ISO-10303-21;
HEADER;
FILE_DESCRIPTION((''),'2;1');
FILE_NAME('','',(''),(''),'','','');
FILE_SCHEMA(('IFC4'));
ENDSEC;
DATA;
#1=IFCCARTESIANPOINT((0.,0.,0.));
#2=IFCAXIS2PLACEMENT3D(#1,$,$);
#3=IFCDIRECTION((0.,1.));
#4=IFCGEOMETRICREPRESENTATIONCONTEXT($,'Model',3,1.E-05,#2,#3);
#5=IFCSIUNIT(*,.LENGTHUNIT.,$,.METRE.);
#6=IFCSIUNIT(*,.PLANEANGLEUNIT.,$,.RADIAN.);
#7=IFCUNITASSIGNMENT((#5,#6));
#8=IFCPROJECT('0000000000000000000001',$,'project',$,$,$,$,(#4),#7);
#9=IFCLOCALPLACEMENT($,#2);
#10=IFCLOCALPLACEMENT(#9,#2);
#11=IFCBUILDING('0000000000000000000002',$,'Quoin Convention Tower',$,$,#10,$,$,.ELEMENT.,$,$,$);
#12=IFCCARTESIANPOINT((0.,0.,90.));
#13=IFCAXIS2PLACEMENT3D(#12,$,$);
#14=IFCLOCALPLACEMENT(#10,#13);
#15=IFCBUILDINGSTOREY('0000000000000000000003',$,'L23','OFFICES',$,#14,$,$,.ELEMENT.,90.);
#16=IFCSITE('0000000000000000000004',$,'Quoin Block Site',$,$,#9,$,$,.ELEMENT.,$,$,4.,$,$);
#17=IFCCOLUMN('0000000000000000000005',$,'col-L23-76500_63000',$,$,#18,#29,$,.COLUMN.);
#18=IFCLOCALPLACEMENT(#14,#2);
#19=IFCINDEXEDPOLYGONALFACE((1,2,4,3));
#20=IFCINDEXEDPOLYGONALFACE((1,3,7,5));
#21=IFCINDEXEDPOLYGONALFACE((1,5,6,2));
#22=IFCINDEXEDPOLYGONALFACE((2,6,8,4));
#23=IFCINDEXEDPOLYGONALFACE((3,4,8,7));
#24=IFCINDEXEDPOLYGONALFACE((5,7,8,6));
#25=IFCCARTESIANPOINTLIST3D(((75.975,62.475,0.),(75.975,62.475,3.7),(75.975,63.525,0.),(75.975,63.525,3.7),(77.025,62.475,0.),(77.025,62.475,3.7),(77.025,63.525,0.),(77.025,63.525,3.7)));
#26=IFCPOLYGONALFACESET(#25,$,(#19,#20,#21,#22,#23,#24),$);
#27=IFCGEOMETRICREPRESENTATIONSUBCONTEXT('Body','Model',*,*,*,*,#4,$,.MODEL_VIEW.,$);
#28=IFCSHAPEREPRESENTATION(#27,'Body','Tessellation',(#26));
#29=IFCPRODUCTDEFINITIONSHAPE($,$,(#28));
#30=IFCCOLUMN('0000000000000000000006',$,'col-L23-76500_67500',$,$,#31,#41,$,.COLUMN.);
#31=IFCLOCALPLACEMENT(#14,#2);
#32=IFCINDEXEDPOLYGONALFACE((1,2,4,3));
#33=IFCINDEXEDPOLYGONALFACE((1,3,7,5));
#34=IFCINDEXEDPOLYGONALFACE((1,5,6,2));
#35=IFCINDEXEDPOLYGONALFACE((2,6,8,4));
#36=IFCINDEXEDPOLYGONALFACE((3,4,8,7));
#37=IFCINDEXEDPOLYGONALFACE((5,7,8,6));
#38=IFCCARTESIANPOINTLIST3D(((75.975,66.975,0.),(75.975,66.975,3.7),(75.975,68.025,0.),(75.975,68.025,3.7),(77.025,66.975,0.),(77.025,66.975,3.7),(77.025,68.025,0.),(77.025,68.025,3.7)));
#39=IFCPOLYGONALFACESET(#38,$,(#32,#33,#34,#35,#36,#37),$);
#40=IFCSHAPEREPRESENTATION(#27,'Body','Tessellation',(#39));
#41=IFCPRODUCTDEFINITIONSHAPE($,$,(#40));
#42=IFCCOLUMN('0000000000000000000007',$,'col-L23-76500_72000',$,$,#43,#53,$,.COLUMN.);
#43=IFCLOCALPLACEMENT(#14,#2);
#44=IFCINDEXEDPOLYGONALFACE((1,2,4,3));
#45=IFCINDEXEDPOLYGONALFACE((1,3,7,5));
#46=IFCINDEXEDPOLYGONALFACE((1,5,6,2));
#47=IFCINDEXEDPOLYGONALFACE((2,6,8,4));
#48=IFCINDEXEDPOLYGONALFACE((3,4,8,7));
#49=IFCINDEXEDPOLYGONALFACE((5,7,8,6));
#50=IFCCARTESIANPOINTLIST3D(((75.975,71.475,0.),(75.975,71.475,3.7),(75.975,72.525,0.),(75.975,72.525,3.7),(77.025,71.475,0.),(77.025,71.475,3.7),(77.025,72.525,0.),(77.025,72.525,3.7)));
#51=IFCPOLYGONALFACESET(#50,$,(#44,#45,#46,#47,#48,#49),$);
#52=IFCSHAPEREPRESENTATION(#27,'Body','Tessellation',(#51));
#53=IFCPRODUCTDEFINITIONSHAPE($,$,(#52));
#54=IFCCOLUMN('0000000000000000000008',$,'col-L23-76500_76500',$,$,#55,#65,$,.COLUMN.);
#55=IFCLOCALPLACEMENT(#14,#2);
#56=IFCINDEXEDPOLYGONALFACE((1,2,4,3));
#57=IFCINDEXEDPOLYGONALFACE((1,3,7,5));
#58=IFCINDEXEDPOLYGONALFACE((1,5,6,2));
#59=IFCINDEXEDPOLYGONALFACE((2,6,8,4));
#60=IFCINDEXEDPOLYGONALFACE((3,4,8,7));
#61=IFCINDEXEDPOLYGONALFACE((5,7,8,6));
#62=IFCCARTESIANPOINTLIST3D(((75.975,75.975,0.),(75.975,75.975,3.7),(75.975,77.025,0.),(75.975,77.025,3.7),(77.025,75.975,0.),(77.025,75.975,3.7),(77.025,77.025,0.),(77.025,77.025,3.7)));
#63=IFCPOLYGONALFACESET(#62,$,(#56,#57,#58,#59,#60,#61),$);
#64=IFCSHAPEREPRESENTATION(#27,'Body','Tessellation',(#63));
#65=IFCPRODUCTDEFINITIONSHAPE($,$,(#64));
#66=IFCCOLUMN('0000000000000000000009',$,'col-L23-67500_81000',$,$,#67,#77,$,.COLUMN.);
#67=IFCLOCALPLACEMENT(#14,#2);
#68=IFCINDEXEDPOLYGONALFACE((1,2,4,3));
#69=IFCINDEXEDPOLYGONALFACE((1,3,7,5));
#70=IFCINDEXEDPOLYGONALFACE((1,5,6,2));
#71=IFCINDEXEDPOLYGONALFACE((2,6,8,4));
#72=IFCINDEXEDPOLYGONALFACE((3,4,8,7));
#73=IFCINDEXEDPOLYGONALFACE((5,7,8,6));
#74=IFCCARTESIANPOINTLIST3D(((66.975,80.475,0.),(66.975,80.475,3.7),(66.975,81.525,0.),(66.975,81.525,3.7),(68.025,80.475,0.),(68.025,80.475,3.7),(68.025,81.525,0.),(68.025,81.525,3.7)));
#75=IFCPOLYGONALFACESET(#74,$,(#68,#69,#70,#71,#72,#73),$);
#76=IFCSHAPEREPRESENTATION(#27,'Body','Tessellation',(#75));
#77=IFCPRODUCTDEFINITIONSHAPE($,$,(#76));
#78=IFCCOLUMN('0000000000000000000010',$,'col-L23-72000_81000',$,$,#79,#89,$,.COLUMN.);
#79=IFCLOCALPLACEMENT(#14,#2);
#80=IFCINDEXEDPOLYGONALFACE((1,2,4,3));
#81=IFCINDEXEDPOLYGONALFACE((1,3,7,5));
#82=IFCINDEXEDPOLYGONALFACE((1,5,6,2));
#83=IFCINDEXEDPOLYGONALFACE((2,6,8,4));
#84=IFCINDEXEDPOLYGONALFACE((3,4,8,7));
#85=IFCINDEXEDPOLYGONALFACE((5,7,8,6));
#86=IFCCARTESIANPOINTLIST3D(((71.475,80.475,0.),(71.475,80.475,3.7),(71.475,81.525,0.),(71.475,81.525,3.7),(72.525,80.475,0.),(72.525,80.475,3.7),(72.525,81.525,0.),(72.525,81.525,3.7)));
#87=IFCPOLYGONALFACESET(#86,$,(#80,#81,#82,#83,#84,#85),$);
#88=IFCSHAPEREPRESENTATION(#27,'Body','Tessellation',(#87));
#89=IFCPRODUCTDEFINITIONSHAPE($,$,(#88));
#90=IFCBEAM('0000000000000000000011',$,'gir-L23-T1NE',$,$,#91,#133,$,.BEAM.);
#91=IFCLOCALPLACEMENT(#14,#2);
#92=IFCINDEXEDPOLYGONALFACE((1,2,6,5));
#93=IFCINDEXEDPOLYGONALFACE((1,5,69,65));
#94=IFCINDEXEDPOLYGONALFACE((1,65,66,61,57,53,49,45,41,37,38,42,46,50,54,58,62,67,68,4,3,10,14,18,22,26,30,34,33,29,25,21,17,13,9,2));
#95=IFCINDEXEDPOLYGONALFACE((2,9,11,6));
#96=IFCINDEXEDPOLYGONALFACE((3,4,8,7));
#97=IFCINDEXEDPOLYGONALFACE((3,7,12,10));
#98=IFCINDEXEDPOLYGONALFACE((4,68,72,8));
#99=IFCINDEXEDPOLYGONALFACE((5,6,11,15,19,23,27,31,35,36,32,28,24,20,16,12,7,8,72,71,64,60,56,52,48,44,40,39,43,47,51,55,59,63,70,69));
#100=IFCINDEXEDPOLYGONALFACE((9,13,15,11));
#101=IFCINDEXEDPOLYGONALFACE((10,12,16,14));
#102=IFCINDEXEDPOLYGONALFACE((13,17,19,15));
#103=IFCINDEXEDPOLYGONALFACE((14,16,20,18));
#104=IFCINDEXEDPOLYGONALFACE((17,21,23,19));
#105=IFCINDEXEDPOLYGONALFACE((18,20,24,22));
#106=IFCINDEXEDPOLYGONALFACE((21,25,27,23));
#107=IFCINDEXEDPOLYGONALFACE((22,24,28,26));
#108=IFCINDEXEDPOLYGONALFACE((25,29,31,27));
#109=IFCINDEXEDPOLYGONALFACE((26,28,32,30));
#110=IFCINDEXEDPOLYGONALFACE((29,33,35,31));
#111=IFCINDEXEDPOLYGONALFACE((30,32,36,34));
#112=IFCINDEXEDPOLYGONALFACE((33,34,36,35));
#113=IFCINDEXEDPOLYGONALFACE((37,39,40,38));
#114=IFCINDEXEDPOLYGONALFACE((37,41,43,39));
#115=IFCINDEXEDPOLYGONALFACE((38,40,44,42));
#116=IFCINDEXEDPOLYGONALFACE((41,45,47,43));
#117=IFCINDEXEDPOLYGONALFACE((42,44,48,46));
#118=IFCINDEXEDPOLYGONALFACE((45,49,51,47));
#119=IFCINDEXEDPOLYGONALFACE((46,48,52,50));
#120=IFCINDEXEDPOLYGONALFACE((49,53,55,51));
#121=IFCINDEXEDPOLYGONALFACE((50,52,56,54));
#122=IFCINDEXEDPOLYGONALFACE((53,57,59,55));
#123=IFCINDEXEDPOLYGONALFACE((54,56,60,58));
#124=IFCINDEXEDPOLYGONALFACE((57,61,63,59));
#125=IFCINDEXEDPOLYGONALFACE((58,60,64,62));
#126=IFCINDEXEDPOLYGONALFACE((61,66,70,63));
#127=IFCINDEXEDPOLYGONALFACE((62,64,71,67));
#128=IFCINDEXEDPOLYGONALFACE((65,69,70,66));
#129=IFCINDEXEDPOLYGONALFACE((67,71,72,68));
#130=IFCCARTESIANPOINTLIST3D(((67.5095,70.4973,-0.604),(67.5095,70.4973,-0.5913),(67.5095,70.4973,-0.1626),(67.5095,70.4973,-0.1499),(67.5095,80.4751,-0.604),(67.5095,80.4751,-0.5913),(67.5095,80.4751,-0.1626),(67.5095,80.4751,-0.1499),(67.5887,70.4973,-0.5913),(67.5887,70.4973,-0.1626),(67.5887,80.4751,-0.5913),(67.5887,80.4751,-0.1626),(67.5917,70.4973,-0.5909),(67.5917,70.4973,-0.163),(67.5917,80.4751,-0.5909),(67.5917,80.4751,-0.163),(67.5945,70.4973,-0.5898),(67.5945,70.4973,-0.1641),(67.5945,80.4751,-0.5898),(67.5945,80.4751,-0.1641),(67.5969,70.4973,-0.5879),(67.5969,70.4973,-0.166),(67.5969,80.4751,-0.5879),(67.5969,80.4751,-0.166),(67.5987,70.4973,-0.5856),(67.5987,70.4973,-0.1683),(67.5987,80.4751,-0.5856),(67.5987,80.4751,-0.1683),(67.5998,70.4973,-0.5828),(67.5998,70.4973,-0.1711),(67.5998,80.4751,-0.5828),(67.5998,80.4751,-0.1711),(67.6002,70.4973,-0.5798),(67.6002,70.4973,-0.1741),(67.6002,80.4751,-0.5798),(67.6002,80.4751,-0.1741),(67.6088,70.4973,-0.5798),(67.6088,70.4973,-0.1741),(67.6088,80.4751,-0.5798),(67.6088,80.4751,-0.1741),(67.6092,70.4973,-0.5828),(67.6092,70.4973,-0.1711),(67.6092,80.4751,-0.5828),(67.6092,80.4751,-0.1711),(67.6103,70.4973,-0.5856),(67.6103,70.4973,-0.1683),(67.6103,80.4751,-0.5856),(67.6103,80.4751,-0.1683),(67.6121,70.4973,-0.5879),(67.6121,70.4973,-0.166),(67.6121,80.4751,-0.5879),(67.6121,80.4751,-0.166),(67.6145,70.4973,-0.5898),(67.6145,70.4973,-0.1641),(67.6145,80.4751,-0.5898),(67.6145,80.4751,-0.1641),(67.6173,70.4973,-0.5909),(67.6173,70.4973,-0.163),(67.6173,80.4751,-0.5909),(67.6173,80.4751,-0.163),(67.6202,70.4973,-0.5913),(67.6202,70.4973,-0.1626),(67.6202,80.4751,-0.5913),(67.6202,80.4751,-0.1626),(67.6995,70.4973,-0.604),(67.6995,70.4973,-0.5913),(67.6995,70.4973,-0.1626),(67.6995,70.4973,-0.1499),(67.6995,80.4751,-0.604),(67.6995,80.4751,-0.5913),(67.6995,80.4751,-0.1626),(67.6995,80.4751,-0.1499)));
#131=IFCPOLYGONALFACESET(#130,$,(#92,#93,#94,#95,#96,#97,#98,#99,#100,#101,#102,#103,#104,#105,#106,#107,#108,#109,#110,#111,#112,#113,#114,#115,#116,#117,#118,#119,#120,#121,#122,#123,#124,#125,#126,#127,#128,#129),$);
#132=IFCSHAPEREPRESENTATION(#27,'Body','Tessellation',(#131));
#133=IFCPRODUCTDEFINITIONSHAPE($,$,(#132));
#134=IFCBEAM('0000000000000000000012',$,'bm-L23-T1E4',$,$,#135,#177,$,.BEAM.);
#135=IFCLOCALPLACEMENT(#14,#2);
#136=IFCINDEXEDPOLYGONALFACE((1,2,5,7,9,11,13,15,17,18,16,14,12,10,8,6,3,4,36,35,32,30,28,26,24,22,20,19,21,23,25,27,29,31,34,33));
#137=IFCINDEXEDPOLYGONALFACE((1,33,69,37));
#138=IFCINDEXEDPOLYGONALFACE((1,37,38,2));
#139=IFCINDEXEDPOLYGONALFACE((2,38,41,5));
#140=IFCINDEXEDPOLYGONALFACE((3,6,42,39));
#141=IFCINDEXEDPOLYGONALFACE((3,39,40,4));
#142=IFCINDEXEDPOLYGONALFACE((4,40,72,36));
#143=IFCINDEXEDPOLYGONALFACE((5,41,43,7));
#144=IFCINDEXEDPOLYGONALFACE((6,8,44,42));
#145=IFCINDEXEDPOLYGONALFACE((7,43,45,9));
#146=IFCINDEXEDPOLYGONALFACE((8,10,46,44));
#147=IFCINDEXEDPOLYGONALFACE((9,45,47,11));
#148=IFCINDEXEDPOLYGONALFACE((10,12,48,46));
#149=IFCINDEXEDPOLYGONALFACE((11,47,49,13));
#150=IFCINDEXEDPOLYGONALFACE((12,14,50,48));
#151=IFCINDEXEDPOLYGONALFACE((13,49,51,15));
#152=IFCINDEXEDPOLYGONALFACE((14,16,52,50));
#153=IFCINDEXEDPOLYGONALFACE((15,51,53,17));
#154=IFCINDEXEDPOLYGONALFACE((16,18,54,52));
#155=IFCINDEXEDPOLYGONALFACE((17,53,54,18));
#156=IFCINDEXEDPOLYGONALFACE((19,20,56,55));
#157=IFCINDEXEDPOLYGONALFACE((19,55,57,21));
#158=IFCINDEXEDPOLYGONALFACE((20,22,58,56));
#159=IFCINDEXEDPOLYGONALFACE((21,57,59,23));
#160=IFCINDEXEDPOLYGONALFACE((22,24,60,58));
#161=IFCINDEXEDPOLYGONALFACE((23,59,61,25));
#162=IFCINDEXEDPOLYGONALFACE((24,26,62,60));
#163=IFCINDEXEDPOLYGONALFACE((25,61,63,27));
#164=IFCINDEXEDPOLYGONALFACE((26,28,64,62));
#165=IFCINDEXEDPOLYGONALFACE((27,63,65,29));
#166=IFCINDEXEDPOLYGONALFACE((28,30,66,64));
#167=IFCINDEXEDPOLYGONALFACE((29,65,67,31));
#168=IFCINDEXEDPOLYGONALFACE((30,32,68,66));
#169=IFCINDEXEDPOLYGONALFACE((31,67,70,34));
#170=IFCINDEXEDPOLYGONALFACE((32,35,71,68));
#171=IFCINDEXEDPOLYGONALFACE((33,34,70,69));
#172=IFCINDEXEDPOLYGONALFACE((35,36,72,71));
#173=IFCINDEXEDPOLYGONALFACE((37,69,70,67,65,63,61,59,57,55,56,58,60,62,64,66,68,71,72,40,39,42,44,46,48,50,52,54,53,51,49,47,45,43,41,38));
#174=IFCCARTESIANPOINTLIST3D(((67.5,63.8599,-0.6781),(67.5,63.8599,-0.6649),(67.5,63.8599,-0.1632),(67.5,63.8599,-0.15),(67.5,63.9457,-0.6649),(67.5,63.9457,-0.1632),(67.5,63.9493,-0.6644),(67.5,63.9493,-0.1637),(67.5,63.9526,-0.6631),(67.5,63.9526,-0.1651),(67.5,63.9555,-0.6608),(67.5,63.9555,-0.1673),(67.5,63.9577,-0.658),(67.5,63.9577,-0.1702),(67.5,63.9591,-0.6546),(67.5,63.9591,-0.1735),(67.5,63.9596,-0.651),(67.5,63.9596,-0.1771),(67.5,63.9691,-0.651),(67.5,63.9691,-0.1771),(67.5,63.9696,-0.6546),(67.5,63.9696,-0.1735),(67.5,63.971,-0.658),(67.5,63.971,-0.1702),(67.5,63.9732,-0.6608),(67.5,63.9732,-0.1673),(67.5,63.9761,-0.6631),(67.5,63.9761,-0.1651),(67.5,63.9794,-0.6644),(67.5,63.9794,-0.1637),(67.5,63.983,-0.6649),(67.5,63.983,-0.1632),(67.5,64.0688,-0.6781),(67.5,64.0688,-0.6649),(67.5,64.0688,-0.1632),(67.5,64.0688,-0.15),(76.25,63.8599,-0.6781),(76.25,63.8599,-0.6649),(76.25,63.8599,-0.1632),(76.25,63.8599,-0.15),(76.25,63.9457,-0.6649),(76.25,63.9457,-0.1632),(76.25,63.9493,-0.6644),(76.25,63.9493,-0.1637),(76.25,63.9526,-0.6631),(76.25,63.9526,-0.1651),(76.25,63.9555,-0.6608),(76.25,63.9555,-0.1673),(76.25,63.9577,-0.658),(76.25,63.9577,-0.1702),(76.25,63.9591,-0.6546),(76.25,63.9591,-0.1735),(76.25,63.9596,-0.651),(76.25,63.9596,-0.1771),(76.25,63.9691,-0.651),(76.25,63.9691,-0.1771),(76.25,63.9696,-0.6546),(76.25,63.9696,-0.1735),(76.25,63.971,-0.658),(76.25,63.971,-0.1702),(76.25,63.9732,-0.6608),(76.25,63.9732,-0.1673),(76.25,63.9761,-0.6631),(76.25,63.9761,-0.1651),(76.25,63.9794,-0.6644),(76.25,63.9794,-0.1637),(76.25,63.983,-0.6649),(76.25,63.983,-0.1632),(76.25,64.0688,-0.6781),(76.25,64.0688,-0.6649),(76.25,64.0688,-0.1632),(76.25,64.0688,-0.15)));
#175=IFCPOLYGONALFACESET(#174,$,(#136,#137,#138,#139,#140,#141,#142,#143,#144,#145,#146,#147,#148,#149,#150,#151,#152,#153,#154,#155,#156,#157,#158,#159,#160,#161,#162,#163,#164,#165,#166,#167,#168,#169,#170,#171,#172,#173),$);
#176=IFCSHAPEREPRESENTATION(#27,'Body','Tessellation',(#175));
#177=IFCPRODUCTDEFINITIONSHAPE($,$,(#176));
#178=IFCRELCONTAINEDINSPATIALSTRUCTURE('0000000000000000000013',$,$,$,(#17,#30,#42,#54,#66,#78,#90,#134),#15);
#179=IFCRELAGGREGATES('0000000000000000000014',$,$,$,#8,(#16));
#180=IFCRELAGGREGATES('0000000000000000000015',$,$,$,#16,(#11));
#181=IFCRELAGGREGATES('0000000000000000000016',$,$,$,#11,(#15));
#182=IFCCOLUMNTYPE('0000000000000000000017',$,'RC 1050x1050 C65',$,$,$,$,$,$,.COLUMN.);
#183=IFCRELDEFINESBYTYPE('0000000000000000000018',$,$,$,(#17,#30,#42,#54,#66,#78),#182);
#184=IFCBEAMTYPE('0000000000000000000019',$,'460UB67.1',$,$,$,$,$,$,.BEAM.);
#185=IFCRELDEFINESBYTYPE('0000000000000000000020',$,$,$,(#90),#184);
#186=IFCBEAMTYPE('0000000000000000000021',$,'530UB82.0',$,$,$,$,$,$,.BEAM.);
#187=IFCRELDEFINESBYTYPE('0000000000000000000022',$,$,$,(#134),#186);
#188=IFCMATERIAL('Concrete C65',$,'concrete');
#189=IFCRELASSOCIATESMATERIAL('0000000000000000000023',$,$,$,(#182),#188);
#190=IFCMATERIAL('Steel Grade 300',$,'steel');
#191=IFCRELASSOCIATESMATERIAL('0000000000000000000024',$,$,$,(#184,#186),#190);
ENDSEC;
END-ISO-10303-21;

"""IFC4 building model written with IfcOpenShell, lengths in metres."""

from ifc_helpers import new_model, si_unit, direction, frame, origin, origin_2d, place, context, subcontext, project, spatial, rectangle, i_section, extrude, material, material_profile, profile_set, type_object, element, save


model = new_model("IFC4")

# Units and contexts
model_context = context("Model", 3, precision=1e-05, world=origin(), true_north=direction((0.0, 1.0)))
body_context = subcontext(model_context, "Body", "Model", "MODEL_VIEW")
ifc_project = project(units=[si_unit("LENGTHUNIT", "METRE"), si_unit("PLANEANGLEUNIT", "RADIAN")], contexts=[model_context])

# Site, building, storey
site_placement = place(None, origin())
site = spatial("IfcSite", under=ifc_project, at=site_placement, Name="Quoin Block Site", CompositionType="ELEMENT", RefElevation=4.0)
building_placement = place(site_placement, origin())
building = spatial("IfcBuilding", under=site, at=building_placement, Name="Quoin Convention Tower", CompositionType="ELEMENT")
storey_placement = place(building_placement, frame((0.0, 0.0, 90.0)))
storey = spatial("IfcBuildingStorey", under=building, at=storey_placement, Name="L23", Description="OFFICES", CompositionType="ELEMENT", Elevation=90.0)

# Columns
ifc_material_1 = material(Name="Concrete C65", Category="concrete")
ifc_material_profile_1 = material_profile(ifc_material_1, rectangle(XDim=1.05, YDim=1.05, at=origin_2d()), Name="RC 1050x1050")
ifc_profile_set_1 = profile_set([ifc_material_profile_1], Name="Concrete C65")
column_type = type_object("IfcColumnType", Name="RC 1050x1050 C65", PredefinedType="COLUMN", material=ifc_profile_set_1)
for number, where, z_axis, x_axis, name in (
    (1, (76.5, 63.0, 0.0), (0.0, 0.0, 1.0), (1.0, 0.0, 0.0), "col-L23-76500_63000"),
    (2, (76.5, 67.5, 0.0), (0.0, 0.0, 1.0), (1.0, 0.0, 0.0), "col-L23-76500_67500"),
    (3, (76.5, 72.0, 0.0), (0.0, 0.0, 1.0), (1.0, 0.0, 0.0), "col-L23-76500_72000"),
    (4, (76.5, 76.5, 0.0), (0.0, 0.0, 1.0), (1.0, 0.0, 0.0), "col-L23-76500_76500"),
    (5, (67.5, 81.0, 0.0), (0.0, 0.0, 1.0), (1.0, 0.0, 0.0), "col-L23-67500_81000"),
    (6, (72.0, 81.0, 0.0), (0.0, 0.0, 1.0), (1.0, 0.0, 0.0), "col-L23-72000_81000"),
):
    element("IfcColumn", number, at=place(storey_placement, frame(where, z_axis=z_axis, x_axis=x_axis)), inside=storey, type_object=column_type, Name=name, PredefinedType="COLUMN", context=body_context, shape_type="SweptSolid", body=[
        extrude(rectangle(XDim=1.05, YDim=1.05, at=origin_2d()), origin(), (0.0, 0.0, 1.0), 3.7),
    ])

# Beams
ifc_material_2 = material(Name="Steel Grade 300", Category="steel")
ifc_material_profile_2 = material_profile(ifc_material_2, i_section(OverallWidth=0.1899, OverallDepth=0.4541, WebThickness=0.0085, FlangeThickness=0.0127, FilletRadius=0.0115, at=origin_2d()), Name="460UB67.1")
ifc_profile_set_2 = profile_set([ifc_material_profile_2], Name="Steel Grade 300")
beam_type_1 = type_object("IfcBeamType", Name="460UB67.1", PredefinedType="BEAM", material=ifc_profile_set_2)
beam_1_placement = place(storey_placement, frame((67.6045, 80.4751, -0.377), z_axis=(0.0, -1.0, 0.0), x_axis=(1.0, 0.0, 0.0)))
element("IfcBeam", 7, at=beam_1_placement, inside=storey, type_object=beam_type_1, Name="gir-L23-T1NE", PredefinedType="BEAM", context=body_context, shape_type="SweptSolid", body=[
    extrude(i_section(OverallWidth=0.1899, OverallDepth=0.4541, WebThickness=0.0085, FlangeThickness=0.0127, FilletRadius=0.0115, at=origin_2d()), origin(), (0.0, 0.0, 1.0), 9.9778),
])
ifc_material_profile_3 = material_profile(ifc_material_2, i_section(OverallWidth=0.209, OverallDepth=0.5281, WebThickness=0.0095, FlangeThickness=0.0132, FilletRadius=0.0139, at=origin_2d()), Name="530UB82.0")
ifc_profile_set_3 = profile_set([ifc_material_profile_3], Name="Steel Grade 300")
beam_type_2 = type_object("IfcBeamType", Name="530UB82.0", PredefinedType="BEAM", material=ifc_profile_set_3)
beam_2_placement = place(storey_placement, frame((67.5, 63.9644, -0.4141), z_axis=(1.0, 0.0, 0.0), x_axis=(0.0, 1.0, 0.0)))
element("IfcBeam", 8, at=beam_2_placement, inside=storey, type_object=beam_type_2, Name="bm-L23-T1E4", PredefinedType="BEAM", context=body_context, shape_type="SweptSolid", body=[
    extrude(i_section(OverallWidth=0.209, OverallDepth=0.5281, WebThickness=0.0095, FlangeThickness=0.0132, FilletRadius=0.0139, at=origin_2d()), origin(), (0.0, 0.0, 1.0), 8.75),
])

save(model, "model.ifc")
